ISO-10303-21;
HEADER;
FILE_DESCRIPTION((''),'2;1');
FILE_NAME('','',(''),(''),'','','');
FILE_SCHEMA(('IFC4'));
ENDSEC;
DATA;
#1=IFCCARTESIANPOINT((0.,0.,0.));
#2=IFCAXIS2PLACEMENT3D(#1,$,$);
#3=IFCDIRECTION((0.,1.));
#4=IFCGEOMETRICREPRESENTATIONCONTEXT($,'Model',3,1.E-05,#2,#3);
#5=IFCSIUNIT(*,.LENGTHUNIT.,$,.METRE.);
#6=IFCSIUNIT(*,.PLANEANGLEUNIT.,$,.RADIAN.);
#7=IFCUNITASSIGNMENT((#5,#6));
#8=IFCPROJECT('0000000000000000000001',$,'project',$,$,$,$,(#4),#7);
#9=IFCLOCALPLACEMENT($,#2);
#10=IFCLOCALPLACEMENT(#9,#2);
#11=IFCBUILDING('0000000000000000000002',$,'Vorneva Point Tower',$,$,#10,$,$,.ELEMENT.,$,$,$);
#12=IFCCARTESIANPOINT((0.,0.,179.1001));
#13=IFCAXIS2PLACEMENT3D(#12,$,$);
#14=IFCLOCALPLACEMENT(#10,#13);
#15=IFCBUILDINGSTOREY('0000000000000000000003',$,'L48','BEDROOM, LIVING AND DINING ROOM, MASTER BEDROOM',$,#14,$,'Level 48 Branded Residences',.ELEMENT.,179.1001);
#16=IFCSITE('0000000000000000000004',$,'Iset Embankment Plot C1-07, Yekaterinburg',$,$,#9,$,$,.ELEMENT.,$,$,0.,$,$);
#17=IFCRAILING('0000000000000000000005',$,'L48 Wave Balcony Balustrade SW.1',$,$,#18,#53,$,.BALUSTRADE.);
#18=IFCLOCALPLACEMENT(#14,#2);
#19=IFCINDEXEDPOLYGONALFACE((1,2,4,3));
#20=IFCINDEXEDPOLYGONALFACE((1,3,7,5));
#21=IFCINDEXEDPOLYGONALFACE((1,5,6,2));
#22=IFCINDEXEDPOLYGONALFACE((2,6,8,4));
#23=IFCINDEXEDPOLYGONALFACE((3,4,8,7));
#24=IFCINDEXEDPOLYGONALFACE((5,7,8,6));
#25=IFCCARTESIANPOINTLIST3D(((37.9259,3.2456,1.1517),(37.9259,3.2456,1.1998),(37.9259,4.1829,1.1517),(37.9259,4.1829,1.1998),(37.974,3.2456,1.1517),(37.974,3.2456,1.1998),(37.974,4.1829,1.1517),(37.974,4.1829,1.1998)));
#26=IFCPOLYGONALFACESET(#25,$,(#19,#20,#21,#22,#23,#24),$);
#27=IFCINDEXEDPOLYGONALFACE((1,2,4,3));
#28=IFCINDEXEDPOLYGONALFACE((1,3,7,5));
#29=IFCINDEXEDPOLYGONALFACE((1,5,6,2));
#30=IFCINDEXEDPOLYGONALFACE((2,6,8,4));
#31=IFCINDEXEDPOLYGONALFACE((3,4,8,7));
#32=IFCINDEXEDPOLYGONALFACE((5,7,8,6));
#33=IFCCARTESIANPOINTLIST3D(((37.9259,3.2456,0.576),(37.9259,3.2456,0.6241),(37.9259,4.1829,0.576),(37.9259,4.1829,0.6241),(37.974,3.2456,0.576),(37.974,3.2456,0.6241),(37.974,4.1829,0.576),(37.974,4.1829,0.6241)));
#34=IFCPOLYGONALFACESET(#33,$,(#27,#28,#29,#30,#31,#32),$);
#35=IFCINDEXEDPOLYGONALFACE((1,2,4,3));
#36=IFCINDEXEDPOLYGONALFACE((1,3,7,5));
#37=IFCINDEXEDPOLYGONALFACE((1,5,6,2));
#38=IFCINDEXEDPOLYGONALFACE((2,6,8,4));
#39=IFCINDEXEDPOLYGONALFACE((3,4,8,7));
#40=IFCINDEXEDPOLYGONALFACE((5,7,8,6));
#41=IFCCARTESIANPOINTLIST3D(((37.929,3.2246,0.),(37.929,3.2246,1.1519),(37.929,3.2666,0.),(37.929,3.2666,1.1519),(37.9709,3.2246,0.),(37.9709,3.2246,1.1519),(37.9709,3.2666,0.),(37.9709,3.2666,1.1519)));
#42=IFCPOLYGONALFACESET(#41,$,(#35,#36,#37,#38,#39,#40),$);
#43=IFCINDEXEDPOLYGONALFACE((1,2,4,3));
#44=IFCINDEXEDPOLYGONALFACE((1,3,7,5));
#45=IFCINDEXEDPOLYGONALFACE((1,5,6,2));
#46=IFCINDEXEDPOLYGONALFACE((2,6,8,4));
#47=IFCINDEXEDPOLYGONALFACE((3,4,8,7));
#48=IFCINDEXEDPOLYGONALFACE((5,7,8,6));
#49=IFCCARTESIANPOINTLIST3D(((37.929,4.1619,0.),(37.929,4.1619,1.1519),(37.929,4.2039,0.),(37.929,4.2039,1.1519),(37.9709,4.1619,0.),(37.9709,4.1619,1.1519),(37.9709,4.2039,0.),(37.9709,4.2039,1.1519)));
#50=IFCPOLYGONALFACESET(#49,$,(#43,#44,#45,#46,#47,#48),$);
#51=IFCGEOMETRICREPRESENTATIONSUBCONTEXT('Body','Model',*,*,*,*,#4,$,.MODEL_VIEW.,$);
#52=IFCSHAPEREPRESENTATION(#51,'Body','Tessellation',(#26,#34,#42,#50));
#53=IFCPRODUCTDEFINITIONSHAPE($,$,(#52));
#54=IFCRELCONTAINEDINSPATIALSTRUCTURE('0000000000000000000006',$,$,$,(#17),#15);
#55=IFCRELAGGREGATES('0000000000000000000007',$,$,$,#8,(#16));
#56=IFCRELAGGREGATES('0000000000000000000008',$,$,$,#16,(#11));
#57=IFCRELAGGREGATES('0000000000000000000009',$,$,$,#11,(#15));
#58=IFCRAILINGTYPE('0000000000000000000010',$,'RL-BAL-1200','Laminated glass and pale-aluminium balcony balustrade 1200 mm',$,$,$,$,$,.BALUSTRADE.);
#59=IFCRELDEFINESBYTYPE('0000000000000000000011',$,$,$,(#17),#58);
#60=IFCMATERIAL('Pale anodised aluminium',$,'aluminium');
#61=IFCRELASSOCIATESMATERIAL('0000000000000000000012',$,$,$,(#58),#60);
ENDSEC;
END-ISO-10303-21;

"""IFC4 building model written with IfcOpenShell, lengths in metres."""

from ifc_helpers import new_model, si_unit, direction, frame, origin, origin_2d, place, context, subcontext, project, spatial, rectangle, extrude, material, type_object, element, save


model = new_model("IFC4")

# Units and contexts
model_context = context("Model", 3, precision=1e-05, world=origin(), true_north=direction((0.0, 1.0)))
body_context = subcontext(model_context, "Body", "Model", "MODEL_VIEW")
ifc_project = project(units=[si_unit("LENGTHUNIT", "METRE"), si_unit("PLANEANGLEUNIT", "RADIAN")], contexts=[model_context])

# Site, building, storey
site_placement = place(None, origin())
site = spatial("IfcSite", under=ifc_project, at=site_placement, Name="Iset Embankment Plot C1-07, Yekaterinburg", CompositionType="ELEMENT", RefElevation=0.0)
building_placement = place(site_placement, origin())
building = spatial("IfcBuilding", under=site, at=building_placement, Name="Vorneva Point Tower", CompositionType="ELEMENT")
storey_placement = place(building_placement, frame((0.0, 0.0, 179.1001)))
storey = spatial("IfcBuildingStorey", under=building, at=storey_placement, Name="L48", Description="BEDROOM, LIVING AND DINING ROOM, MASTER BEDROOM", LongName="Level 48 Branded Residences", CompositionType="ELEMENT", Elevation=179.1001)

# Shared definitions
ifc_material_1 = material(Name="Pale anodised aluminium", Category="aluminium")

# Railing
railing_type = type_object("IfcRailingType", Name="RL-BAL-1200", Description="Laminated glass and pale-aluminium balcony balustrade 1200 mm", PredefinedType="BALUSTRADE", material=ifc_material_1)
railing_placement = place(storey_placement, frame((37.95, 3.2456, 0.0)))
element("IfcRailing", 1, at=railing_placement, inside=storey, type_object=railing_type, Name="L48 Wave Balcony Balustrade SW.1", PredefinedType="BALUSTRADE", context=body_context, shape_type="SweptSolid", body=[
    extrude(rectangle(XDim=0.0481, YDim=0.0481, at=origin_2d()), frame((0.0, 0.0, 1.1758), z_axis=(0.0, 1.0, 0.0), x_axis=(-1.0, 0.0, 0.0)), (0.0, 0.0, 1.0), 0.9373),
    extrude(rectangle(XDim=0.0481, YDim=0.0481, at=origin_2d()), frame((0.0, 0.0, 0.6001), z_axis=(0.0, 1.0, 0.0), x_axis=(-1.0, 0.0, 0.0)), (0.0, 0.0, 1.0), 0.9373),
    extrude(rectangle(XDim=0.042, YDim=0.042, at=origin_2d()), origin(), (0.0, 0.0, 1.0), 1.1519),
    extrude(rectangle(XDim=0.042, YDim=0.042, at=origin_2d()), frame((0.0, 0.9373, 0.0)), (0.0, 0.0, 1.0), 1.1519),
])

save(model, "model.ifc")
